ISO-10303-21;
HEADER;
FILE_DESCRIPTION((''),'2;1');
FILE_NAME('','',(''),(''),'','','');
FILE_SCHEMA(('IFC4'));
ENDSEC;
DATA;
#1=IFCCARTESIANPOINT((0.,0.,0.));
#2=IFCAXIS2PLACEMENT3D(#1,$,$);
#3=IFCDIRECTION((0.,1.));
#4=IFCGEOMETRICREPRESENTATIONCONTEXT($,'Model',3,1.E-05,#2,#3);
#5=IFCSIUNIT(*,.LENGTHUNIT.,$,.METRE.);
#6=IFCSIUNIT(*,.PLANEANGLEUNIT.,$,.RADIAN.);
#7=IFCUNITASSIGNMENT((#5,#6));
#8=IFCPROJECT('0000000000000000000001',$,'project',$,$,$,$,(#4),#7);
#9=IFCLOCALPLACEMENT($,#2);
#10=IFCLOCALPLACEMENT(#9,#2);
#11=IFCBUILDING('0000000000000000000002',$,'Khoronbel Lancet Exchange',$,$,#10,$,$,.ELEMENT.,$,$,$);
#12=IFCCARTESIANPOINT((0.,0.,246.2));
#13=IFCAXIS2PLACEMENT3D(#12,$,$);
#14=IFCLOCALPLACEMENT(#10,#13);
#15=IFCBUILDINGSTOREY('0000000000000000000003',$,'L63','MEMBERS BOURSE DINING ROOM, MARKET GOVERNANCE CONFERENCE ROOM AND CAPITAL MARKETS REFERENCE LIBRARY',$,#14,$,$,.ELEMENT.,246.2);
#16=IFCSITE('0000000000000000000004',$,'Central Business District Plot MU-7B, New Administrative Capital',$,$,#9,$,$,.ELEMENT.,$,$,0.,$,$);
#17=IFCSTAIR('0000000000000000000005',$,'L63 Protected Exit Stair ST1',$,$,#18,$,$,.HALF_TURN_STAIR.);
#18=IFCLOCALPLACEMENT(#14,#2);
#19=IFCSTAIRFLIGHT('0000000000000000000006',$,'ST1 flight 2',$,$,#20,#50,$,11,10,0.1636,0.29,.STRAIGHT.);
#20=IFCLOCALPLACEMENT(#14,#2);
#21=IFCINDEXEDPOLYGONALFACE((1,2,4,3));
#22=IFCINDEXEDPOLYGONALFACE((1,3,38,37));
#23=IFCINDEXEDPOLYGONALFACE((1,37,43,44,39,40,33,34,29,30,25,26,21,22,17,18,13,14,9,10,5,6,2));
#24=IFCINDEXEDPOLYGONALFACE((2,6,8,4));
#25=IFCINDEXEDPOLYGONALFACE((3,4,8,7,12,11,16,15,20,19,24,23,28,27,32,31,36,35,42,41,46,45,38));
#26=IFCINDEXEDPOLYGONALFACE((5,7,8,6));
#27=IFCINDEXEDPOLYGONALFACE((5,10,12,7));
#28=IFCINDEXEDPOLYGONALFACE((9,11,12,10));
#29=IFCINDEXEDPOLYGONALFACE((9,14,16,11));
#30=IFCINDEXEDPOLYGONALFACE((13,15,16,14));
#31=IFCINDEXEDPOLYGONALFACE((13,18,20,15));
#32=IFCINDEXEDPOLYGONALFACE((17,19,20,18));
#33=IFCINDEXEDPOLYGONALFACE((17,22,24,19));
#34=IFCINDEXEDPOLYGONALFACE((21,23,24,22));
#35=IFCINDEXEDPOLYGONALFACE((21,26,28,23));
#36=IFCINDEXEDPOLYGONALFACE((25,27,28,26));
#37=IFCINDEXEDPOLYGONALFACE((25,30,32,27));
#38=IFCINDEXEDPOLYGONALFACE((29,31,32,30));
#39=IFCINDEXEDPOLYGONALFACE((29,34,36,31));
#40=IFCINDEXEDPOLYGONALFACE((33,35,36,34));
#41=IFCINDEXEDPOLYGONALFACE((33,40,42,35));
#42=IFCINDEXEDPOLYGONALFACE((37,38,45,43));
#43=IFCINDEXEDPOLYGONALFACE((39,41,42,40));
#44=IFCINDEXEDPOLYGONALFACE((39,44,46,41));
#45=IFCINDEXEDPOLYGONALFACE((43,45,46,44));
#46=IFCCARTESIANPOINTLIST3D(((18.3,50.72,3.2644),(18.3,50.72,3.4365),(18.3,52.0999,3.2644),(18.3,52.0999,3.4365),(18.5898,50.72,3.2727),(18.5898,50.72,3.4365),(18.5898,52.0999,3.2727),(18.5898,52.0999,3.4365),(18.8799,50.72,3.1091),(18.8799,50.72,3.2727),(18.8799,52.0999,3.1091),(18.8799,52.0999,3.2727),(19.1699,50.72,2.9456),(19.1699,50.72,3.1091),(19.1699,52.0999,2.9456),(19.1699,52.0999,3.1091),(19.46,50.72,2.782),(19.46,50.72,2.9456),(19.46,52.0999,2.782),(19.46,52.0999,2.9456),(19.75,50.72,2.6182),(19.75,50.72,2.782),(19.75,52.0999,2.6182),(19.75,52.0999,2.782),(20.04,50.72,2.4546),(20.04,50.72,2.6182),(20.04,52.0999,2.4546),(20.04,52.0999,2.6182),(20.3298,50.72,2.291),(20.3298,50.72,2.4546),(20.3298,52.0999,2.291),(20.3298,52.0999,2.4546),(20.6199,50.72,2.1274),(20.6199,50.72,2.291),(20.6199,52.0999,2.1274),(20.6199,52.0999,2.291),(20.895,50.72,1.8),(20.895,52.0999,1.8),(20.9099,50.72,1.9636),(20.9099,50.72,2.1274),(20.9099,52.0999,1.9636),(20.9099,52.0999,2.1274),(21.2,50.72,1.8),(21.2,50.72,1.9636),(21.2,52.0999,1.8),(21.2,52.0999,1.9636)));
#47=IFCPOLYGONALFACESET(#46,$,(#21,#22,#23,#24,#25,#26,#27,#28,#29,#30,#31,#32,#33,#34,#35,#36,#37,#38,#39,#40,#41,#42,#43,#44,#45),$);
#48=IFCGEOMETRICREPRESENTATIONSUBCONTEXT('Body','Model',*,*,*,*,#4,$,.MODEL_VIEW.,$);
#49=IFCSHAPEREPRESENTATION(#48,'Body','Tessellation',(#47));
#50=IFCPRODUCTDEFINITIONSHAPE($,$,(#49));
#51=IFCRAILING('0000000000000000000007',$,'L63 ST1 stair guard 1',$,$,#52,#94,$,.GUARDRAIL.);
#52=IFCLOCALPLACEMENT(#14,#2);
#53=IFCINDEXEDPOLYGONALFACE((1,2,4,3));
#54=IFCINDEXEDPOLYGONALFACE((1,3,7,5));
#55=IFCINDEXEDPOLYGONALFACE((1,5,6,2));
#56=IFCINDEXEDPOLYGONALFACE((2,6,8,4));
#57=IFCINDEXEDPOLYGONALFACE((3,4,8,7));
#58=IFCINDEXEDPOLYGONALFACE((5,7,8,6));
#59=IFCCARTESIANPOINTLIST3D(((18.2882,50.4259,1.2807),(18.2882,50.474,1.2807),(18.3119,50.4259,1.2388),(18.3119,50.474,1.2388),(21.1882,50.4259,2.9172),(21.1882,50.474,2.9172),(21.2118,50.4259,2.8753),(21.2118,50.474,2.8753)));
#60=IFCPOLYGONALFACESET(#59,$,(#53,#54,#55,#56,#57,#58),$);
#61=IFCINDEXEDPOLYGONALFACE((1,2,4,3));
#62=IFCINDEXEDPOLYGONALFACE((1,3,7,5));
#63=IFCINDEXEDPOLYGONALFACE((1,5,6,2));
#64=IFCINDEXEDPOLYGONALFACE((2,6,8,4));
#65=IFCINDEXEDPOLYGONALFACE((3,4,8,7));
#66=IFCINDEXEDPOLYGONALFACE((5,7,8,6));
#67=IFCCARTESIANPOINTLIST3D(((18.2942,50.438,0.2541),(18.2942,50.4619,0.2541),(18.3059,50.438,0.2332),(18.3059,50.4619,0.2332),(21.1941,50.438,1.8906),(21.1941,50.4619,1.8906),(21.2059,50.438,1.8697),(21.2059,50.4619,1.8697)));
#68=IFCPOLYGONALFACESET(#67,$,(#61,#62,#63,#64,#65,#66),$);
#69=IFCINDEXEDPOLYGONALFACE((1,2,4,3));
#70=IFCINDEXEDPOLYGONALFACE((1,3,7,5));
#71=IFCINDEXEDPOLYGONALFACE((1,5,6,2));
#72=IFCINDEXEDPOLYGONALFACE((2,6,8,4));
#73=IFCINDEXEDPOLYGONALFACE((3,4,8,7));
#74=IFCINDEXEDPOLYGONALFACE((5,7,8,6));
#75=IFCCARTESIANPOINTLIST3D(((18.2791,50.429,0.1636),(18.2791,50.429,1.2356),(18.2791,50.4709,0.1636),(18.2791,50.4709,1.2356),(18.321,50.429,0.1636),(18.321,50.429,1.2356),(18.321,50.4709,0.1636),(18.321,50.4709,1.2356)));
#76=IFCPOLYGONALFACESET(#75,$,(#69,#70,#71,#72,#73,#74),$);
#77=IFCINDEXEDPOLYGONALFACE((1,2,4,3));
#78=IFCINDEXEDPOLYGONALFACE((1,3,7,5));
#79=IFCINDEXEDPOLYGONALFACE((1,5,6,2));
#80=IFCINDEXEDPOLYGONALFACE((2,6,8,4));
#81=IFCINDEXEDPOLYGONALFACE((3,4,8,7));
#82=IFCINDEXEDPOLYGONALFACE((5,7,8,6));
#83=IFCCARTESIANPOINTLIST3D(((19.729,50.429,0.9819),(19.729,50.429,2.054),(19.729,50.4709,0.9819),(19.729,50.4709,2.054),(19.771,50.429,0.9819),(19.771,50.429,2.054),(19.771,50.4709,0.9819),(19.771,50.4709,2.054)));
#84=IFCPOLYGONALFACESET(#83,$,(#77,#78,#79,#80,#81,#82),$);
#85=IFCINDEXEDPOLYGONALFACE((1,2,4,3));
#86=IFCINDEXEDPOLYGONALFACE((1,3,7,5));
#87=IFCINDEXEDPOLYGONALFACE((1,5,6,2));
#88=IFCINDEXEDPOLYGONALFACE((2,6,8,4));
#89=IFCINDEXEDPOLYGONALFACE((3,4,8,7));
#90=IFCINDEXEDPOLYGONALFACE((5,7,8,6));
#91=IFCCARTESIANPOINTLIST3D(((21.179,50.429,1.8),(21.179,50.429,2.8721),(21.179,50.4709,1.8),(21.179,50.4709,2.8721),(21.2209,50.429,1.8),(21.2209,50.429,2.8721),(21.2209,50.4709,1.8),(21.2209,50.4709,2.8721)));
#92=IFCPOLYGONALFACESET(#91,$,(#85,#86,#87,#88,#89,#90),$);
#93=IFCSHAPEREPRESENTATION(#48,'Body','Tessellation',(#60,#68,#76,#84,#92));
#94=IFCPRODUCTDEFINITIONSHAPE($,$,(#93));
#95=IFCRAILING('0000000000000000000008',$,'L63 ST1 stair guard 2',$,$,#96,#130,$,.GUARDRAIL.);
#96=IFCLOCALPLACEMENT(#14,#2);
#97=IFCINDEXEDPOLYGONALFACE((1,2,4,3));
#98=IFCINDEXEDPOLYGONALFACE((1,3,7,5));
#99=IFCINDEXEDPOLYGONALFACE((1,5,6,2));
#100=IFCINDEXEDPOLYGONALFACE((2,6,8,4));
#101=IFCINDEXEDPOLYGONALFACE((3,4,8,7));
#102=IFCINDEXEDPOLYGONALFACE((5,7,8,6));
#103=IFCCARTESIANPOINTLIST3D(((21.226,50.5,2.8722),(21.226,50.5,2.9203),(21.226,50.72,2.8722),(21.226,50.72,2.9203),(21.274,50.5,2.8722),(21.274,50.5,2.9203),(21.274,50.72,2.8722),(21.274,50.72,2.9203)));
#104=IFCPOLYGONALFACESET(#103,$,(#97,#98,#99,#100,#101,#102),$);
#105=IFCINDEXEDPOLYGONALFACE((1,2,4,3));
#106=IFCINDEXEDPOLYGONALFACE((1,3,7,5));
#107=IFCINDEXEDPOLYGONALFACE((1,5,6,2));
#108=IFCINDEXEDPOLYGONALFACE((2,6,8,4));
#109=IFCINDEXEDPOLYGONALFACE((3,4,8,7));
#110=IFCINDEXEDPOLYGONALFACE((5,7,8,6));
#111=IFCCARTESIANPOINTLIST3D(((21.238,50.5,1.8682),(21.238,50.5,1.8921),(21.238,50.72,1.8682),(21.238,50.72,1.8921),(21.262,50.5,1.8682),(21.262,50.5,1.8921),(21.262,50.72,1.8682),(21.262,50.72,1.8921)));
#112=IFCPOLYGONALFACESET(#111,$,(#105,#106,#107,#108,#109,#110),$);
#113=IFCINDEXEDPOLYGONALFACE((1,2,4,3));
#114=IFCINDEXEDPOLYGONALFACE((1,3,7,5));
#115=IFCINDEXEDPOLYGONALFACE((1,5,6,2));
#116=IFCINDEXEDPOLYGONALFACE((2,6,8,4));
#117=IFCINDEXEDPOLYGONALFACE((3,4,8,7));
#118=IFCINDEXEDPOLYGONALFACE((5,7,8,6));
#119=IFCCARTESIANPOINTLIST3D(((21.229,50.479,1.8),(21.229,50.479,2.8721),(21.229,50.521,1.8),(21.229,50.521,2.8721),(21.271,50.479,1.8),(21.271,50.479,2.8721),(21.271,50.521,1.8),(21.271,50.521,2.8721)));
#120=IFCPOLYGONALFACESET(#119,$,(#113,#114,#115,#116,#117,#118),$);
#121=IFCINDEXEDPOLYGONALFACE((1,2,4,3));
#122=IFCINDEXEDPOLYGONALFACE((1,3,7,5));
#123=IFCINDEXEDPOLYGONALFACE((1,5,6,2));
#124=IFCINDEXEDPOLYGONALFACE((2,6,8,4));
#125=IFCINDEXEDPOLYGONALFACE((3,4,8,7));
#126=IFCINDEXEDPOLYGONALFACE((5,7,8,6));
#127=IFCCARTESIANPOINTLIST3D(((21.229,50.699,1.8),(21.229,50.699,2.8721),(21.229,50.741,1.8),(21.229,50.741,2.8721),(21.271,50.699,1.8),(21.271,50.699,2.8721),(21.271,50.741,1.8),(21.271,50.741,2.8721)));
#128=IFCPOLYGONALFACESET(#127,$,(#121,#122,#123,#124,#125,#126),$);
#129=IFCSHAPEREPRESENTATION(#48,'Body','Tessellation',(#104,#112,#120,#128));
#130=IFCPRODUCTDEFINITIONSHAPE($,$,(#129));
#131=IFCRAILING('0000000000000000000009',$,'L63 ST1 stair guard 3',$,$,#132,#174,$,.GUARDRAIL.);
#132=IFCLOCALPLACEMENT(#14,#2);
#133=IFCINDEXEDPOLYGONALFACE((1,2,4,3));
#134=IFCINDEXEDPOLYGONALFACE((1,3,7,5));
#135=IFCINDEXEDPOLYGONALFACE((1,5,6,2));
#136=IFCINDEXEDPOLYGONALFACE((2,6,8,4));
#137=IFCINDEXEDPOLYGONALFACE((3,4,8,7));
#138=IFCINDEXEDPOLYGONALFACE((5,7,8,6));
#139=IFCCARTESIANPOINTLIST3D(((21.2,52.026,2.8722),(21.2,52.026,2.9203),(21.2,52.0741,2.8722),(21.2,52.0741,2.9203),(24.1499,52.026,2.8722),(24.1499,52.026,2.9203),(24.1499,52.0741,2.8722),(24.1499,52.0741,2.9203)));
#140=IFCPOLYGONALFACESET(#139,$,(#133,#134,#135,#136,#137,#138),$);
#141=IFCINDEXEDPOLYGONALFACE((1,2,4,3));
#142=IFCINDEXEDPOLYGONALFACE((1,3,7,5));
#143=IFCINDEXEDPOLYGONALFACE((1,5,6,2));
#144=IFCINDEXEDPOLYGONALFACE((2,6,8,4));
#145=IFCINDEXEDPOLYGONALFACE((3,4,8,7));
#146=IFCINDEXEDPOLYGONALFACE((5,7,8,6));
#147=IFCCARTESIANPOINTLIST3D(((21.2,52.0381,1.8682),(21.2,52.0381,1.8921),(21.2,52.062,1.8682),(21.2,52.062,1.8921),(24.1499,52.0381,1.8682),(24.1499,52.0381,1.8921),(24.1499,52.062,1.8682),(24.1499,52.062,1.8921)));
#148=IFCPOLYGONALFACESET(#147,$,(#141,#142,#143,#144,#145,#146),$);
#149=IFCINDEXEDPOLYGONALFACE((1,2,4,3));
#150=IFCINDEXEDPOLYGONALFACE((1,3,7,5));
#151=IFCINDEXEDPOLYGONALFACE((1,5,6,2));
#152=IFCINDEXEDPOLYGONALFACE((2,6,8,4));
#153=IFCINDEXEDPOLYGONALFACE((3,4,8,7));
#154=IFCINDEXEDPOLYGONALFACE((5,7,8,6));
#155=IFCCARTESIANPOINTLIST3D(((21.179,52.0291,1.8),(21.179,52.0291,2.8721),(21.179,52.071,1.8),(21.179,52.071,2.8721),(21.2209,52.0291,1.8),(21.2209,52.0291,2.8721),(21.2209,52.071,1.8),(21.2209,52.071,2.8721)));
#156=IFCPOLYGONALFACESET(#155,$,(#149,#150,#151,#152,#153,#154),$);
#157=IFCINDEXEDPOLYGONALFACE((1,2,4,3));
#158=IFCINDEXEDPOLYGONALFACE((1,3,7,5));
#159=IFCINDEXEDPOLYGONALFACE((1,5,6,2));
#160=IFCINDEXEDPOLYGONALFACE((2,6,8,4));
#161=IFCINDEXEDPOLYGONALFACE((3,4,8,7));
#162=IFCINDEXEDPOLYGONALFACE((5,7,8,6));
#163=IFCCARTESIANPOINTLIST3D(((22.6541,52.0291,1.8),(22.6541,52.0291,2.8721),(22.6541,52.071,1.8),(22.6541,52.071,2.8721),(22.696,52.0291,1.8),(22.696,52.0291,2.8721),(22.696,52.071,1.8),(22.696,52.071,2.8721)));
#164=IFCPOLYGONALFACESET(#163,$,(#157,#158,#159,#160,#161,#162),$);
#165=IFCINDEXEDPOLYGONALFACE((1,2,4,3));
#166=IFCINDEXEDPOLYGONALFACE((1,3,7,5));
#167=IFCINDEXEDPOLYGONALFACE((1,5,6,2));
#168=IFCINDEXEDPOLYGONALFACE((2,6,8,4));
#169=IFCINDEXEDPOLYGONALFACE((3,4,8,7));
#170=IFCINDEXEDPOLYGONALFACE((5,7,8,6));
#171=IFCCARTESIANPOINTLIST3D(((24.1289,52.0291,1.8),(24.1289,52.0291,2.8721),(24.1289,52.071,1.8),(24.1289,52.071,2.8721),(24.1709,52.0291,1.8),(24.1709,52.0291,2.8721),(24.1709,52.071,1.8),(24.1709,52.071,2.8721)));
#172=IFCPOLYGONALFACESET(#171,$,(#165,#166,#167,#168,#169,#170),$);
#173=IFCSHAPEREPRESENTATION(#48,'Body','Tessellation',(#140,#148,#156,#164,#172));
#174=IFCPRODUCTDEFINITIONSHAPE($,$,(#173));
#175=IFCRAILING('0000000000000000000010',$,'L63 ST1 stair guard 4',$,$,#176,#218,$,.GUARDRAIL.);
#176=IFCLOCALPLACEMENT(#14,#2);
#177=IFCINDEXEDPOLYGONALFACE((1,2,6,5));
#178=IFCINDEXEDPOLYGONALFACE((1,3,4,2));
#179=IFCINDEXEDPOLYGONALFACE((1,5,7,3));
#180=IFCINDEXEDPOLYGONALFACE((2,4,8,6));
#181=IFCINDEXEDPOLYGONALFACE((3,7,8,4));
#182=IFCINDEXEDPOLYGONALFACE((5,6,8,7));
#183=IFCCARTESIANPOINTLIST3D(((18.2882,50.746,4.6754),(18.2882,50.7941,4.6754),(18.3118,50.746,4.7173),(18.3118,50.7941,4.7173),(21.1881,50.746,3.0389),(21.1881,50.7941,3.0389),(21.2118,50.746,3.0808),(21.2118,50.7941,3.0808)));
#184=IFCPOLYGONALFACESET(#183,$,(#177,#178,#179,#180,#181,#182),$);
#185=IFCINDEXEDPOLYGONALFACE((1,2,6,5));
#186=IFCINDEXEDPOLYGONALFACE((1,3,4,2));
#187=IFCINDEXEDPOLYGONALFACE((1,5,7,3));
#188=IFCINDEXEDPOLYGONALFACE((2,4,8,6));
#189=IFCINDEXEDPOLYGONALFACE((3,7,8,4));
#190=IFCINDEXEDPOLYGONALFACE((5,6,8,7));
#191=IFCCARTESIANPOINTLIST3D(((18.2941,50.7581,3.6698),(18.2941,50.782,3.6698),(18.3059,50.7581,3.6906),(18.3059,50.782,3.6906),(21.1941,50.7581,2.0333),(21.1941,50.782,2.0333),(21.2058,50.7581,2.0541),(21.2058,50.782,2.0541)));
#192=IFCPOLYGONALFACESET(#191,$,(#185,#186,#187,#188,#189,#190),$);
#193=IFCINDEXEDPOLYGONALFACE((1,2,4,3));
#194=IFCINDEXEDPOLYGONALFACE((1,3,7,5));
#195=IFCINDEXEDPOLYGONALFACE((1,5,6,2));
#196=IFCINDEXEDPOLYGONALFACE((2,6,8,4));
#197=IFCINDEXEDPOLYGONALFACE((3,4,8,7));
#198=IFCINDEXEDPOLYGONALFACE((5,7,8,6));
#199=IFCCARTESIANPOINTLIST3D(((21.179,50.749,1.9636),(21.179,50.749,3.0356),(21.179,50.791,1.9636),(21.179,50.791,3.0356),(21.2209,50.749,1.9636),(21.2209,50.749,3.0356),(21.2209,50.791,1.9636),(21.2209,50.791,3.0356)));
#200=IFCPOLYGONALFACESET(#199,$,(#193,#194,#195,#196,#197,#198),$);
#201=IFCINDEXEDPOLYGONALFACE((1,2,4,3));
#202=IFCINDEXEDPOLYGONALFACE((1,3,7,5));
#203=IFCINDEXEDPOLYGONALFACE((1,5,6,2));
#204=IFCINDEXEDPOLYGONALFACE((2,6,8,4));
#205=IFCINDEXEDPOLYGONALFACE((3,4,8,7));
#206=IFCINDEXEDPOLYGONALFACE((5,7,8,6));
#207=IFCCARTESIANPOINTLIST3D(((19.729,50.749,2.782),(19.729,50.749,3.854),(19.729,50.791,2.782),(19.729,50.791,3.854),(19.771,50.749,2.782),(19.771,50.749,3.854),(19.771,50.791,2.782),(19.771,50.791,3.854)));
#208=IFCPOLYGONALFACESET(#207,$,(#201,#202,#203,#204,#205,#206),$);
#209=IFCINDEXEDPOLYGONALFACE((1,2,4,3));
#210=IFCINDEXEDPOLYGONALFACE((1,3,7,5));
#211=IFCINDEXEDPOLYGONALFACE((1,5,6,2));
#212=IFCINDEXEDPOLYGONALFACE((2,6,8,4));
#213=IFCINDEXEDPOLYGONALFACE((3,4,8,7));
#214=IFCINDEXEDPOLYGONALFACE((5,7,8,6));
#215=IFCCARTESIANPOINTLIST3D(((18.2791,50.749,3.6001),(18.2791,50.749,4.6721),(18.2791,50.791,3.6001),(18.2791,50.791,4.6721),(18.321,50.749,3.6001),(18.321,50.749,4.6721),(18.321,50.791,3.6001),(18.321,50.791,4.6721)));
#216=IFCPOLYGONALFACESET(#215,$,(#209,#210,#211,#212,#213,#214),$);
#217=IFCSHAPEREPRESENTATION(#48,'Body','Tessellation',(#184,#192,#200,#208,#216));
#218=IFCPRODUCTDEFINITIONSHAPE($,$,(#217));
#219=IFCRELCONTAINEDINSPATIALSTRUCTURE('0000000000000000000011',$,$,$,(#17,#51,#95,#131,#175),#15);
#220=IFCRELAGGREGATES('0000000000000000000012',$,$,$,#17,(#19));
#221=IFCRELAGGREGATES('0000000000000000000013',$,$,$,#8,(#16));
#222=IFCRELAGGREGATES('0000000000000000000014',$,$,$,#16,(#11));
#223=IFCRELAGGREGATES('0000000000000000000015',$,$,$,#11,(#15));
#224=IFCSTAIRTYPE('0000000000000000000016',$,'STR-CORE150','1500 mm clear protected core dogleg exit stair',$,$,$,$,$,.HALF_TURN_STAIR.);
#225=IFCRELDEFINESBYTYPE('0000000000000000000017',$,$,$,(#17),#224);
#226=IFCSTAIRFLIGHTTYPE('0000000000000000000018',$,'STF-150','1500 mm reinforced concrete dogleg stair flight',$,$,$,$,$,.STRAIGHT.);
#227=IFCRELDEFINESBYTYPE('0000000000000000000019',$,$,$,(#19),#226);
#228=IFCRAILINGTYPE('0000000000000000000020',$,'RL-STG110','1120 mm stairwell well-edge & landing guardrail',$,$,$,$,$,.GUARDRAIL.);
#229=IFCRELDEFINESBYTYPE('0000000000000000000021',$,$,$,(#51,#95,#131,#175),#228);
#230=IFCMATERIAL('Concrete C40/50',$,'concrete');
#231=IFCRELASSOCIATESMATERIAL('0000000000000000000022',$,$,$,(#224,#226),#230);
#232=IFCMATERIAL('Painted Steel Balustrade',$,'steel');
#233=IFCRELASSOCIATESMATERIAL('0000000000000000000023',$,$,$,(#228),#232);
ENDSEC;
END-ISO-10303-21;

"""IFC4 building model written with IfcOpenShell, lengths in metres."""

from ifc_helpers import new_model, si_unit, direction, frame, origin, origin_2d, place, context, subcontext, project, spatial, polyline, rectangle, outline, extrude, material, type_object, element, aggregate, save


model = new_model("IFC4")

# Units and contexts
model_context = context("Model", 3, precision=1e-05, world=origin(), true_north=direction((0.0, 1.0)))
body_context = subcontext(model_context, "Body", "Model", "MODEL_VIEW")
ifc_project = project(units=[si_unit("LENGTHUNIT", "METRE"), si_unit("PLANEANGLEUNIT", "RADIAN")], contexts=[model_context])

# Site, building, storey
site_placement = place(None, origin())
site = spatial("IfcSite", under=ifc_project, at=site_placement, Name="Central Business District Plot MU-7B, New Administrative Capital", CompositionType="ELEMENT", RefElevation=0.0)
building_placement = place(site_placement, origin())
building = spatial("IfcBuilding", under=site, at=building_placement, Name="Khoronbel Lancet Exchange", CompositionType="ELEMENT")
storey_placement = place(building_placement, frame((0.0, 0.0, 246.2)))
storey = spatial("IfcBuildingStorey", under=building, at=storey_placement, Name="L63", Description="MEMBERS BOURSE DINING ROOM, MARKET GOVERNANCE CONFERENCE ROOM AND CAPITAL MARKETS REFERENCE LIBRARY", CompositionType="ELEMENT", Elevation=246.2)

# Stair, stair flight
ifc_material_1 = material(Name="Concrete C40/50", Category="concrete")
stair_type = type_object("IfcStairType", Name="STR-CORE150", Description="1500 mm clear protected core dogleg exit stair", PredefinedType="HALF_TURN_STAIR", material=ifc_material_1)
stair_placement = place(storey_placement, origin())
stair = element("IfcStair", 1, at=stair_placement, inside=storey, type_object=stair_type, Name="L63 Protected Exit Stair ST1", PredefinedType="HALF_TURN_STAIR")
stair_flight_type = type_object("IfcStairFlightType", Name="STF-150", Description="1500 mm reinforced concrete dogleg stair flight", PredefinedType="STRAIGHT", material=ifc_material_1)
stair_flight_placement = place(storey_placement, frame((21.2, 51.4099, 1.8), z_axis=(0.0, 0.0, 1.0), x_axis=(-1.0, 0.0, 0.0)))
stair_flight = element("IfcStairFlight", 2, at=stair_flight_placement, type_object=stair_flight_type, Name="ST1 flight 2", NumberOfRisers=11, NumberOfTreads=10, PredefinedType="STRAIGHT", RiserHeight=0.1636, TreadLength=0.29, context=body_context, shape_type="SweptSolid", body=[
    extrude(outline(polyline([(0.0, 0.0), (0.0, 0.1636), (0.29, 0.1636), (0.29, 0.3274), (0.5801, 0.3274), (0.5801, 0.491), (0.8701, 0.491), (0.8701, 0.6545), (1.1599, 0.6545), (1.1599, 0.8181), (1.45, 0.8181), (1.45, 0.9819), (1.74, 0.9819), (1.74, 1.1455), (2.03, 1.1455), (2.03, 1.3091), (2.3201, 1.3091), (2.3201, 1.4727), (2.6101, 1.4727), (2.6101, 1.6365), (2.8999, 1.6365), (2.8999, 1.8), (2.8999, 1.4644), (0.3049, 0.0), (0.0, 0.0)])), frame((0.0, 0.6899, 0.0), z_axis=(0.0, -1.0, 0.0), x_axis=(1.0, 0.0, 0.0)), (0.0, 0.0, 1.0), 1.3799),
])
aggregate(stair, [stair_flight])

# Railings
ifc_material_2 = material(Name="Painted Steel Balustrade", Category="steel")
railing_type_1 = type_object("IfcRailingType", Name="RL-STG110", Description="1120 mm stairwell well-edge & landing guardrail", PredefinedType="GUARDRAIL", material=ifc_material_2)
railing_1_placement = place(storey_placement, frame((18.3, 50.45, 0.1636)))
element("IfcRailing", 3, at=railing_1_placement, inside=storey, type_object=railing_type_1, Name="L63 ST1 stair guard 1", PredefinedType="GUARDRAIL", context=body_context, shape_type="SweptSolid", body=[
    extrude(rectangle(XDim=0.0481, YDim=0.0481, at=origin_2d()), frame((0.0, 0.0, 1.0962), z_axis=(0.870897, 0.0, 0.491465), x_axis=(0.0, 1.0, 0.0)), (0.0, 0.0, 1.0), 3.3298),
    extrude(rectangle(XDim=0.0239, YDim=0.0239, at=origin_2d()), frame((0.0, 0.0, 0.0801), z_axis=(0.870897, 0.0, 0.491465), x_axis=(0.0, 1.0, 0.0)), (0.0, 0.0, 1.0), 3.3298),
    extrude(rectangle(XDim=0.042, YDim=0.042, at=origin_2d()), origin(), (0.0, 0.0, 1.0), 1.072),
    extrude(rectangle(XDim=0.042, YDim=0.042, at=origin_2d()), frame((1.45, 0.0, 0.8184)), (0.0, 0.0, 1.0), 1.072),
    extrude(rectangle(XDim=0.042, YDim=0.042, at=origin_2d()), frame((2.8999, 0.0, 1.6365)), (0.0, 0.0, 1.0), 1.072),
])
railing_2_placement = place(storey_placement, frame((21.25, 50.5, 1.8)))
element("IfcRailing", 4, at=railing_2_placement, inside=storey, type_object=railing_type_1, Name="L63 ST1 stair guard 2", PredefinedType="GUARDRAIL", context=body_context, shape_type="SweptSolid", body=[
    extrude(rectangle(XDim=0.0481, YDim=0.0481, at=origin_2d()), frame((0.0, 0.0, 1.0962), z_axis=(0.0, 1.0, 0.0), x_axis=(-1.0, 0.0, 0.0)), (0.0, 0.0, 1.0), 0.22),
    extrude(rectangle(XDim=0.0239, YDim=0.0239, at=origin_2d()), frame((0.0, 0.0, 0.0801), z_axis=(0.0, 1.0, 0.0), x_axis=(-1.0, 0.0, 0.0)), (0.0, 0.0, 1.0), 0.22),
    extrude(rectangle(XDim=0.042, YDim=0.042, at=origin_2d()), origin(), (0.0, 0.0, 1.0), 1.072),
    extrude(rectangle(XDim=0.042, YDim=0.042, at=origin_2d()), frame((0.0, 0.22, 0.0)), (0.0, 0.0, 1.0), 1.072),
])
railing_3_placement = place(storey_placement, frame((21.2, 52.05, 1.8)))
element("IfcRailing", 5, at=railing_3_placement, inside=storey, type_object=railing_type_1, Name="L63 ST1 stair guard 3", PredefinedType="GUARDRAIL", context=body_context, shape_type="SweptSolid", body=[
    extrude(rectangle(XDim=0.0481, YDim=0.0481, at=origin_2d()), frame((0.0, 0.0, 1.0962), z_axis=(1.0, 0.0, 0.0), x_axis=(0.0, 1.0, 0.0)), (0.0, 0.0, 1.0), 2.95),
    extrude(rectangle(XDim=0.0239, YDim=0.0239, at=origin_2d()), frame((0.0, 0.0, 0.0801), z_axis=(1.0, 0.0, 0.0), x_axis=(0.0, 1.0, 0.0)), (0.0, 0.0, 1.0), 2.95),
    extrude(rectangle(XDim=0.042, YDim=0.042, at=origin_2d()), origin(), (0.0, 0.0, 1.0), 1.072),
    extrude(rectangle(XDim=0.042, YDim=0.042, at=origin_2d()), frame((1.4751, 0.0, 0.0)), (0.0, 0.0, 1.0), 1.072),
    extrude(rectangle(XDim=0.042, YDim=0.042, at=origin_2d()), frame((2.95, 0.0, 0.0)), (0.0, 0.0, 1.0), 1.072),
])
railing_4_placement = place(storey_placement, frame((21.2, 50.77, 1.9636)))
element("IfcRailing", 6, at=railing_4_placement, inside=storey, type_object=railing_type_1, Name="L63 ST1 stair guard 4", PredefinedType="GUARDRAIL", context=body_context, shape_type="SweptSolid", body=[
    extrude(rectangle(XDim=0.0481, YDim=0.0481, at=origin_2d()), frame((0.0, 0.0, 1.0962), z_axis=(-0.870897, 0.0, 0.491465), x_axis=(0.0, -1.0, 0.0)), (0.0, 0.0, 1.0), 3.3298),
    extrude(rectangle(XDim=0.0239, YDim=0.0239, at=origin_2d()), frame((0.0, 0.0, 0.0801), z_axis=(-0.870897, 0.0, 0.491465), x_axis=(0.0, -1.0, 0.0)), (0.0, 0.0, 1.0), 3.3298),
    extrude(rectangle(XDim=0.042, YDim=0.042, at=origin_2d()), origin(), (0.0, 0.0, 1.0), 1.072),
    extrude(rectangle(XDim=0.042, YDim=0.042, at=origin_2d()), frame((-1.45, 0.0, 0.8184)), (0.0, 0.0, 1.0), 1.072),
    extrude(rectangle(XDim=0.042, YDim=0.042, at=origin_2d()), frame((-2.8999, 0.0, 1.6365)), (0.0, 0.0, 1.0), 1.072),
])

save(model, "model.ifc")
